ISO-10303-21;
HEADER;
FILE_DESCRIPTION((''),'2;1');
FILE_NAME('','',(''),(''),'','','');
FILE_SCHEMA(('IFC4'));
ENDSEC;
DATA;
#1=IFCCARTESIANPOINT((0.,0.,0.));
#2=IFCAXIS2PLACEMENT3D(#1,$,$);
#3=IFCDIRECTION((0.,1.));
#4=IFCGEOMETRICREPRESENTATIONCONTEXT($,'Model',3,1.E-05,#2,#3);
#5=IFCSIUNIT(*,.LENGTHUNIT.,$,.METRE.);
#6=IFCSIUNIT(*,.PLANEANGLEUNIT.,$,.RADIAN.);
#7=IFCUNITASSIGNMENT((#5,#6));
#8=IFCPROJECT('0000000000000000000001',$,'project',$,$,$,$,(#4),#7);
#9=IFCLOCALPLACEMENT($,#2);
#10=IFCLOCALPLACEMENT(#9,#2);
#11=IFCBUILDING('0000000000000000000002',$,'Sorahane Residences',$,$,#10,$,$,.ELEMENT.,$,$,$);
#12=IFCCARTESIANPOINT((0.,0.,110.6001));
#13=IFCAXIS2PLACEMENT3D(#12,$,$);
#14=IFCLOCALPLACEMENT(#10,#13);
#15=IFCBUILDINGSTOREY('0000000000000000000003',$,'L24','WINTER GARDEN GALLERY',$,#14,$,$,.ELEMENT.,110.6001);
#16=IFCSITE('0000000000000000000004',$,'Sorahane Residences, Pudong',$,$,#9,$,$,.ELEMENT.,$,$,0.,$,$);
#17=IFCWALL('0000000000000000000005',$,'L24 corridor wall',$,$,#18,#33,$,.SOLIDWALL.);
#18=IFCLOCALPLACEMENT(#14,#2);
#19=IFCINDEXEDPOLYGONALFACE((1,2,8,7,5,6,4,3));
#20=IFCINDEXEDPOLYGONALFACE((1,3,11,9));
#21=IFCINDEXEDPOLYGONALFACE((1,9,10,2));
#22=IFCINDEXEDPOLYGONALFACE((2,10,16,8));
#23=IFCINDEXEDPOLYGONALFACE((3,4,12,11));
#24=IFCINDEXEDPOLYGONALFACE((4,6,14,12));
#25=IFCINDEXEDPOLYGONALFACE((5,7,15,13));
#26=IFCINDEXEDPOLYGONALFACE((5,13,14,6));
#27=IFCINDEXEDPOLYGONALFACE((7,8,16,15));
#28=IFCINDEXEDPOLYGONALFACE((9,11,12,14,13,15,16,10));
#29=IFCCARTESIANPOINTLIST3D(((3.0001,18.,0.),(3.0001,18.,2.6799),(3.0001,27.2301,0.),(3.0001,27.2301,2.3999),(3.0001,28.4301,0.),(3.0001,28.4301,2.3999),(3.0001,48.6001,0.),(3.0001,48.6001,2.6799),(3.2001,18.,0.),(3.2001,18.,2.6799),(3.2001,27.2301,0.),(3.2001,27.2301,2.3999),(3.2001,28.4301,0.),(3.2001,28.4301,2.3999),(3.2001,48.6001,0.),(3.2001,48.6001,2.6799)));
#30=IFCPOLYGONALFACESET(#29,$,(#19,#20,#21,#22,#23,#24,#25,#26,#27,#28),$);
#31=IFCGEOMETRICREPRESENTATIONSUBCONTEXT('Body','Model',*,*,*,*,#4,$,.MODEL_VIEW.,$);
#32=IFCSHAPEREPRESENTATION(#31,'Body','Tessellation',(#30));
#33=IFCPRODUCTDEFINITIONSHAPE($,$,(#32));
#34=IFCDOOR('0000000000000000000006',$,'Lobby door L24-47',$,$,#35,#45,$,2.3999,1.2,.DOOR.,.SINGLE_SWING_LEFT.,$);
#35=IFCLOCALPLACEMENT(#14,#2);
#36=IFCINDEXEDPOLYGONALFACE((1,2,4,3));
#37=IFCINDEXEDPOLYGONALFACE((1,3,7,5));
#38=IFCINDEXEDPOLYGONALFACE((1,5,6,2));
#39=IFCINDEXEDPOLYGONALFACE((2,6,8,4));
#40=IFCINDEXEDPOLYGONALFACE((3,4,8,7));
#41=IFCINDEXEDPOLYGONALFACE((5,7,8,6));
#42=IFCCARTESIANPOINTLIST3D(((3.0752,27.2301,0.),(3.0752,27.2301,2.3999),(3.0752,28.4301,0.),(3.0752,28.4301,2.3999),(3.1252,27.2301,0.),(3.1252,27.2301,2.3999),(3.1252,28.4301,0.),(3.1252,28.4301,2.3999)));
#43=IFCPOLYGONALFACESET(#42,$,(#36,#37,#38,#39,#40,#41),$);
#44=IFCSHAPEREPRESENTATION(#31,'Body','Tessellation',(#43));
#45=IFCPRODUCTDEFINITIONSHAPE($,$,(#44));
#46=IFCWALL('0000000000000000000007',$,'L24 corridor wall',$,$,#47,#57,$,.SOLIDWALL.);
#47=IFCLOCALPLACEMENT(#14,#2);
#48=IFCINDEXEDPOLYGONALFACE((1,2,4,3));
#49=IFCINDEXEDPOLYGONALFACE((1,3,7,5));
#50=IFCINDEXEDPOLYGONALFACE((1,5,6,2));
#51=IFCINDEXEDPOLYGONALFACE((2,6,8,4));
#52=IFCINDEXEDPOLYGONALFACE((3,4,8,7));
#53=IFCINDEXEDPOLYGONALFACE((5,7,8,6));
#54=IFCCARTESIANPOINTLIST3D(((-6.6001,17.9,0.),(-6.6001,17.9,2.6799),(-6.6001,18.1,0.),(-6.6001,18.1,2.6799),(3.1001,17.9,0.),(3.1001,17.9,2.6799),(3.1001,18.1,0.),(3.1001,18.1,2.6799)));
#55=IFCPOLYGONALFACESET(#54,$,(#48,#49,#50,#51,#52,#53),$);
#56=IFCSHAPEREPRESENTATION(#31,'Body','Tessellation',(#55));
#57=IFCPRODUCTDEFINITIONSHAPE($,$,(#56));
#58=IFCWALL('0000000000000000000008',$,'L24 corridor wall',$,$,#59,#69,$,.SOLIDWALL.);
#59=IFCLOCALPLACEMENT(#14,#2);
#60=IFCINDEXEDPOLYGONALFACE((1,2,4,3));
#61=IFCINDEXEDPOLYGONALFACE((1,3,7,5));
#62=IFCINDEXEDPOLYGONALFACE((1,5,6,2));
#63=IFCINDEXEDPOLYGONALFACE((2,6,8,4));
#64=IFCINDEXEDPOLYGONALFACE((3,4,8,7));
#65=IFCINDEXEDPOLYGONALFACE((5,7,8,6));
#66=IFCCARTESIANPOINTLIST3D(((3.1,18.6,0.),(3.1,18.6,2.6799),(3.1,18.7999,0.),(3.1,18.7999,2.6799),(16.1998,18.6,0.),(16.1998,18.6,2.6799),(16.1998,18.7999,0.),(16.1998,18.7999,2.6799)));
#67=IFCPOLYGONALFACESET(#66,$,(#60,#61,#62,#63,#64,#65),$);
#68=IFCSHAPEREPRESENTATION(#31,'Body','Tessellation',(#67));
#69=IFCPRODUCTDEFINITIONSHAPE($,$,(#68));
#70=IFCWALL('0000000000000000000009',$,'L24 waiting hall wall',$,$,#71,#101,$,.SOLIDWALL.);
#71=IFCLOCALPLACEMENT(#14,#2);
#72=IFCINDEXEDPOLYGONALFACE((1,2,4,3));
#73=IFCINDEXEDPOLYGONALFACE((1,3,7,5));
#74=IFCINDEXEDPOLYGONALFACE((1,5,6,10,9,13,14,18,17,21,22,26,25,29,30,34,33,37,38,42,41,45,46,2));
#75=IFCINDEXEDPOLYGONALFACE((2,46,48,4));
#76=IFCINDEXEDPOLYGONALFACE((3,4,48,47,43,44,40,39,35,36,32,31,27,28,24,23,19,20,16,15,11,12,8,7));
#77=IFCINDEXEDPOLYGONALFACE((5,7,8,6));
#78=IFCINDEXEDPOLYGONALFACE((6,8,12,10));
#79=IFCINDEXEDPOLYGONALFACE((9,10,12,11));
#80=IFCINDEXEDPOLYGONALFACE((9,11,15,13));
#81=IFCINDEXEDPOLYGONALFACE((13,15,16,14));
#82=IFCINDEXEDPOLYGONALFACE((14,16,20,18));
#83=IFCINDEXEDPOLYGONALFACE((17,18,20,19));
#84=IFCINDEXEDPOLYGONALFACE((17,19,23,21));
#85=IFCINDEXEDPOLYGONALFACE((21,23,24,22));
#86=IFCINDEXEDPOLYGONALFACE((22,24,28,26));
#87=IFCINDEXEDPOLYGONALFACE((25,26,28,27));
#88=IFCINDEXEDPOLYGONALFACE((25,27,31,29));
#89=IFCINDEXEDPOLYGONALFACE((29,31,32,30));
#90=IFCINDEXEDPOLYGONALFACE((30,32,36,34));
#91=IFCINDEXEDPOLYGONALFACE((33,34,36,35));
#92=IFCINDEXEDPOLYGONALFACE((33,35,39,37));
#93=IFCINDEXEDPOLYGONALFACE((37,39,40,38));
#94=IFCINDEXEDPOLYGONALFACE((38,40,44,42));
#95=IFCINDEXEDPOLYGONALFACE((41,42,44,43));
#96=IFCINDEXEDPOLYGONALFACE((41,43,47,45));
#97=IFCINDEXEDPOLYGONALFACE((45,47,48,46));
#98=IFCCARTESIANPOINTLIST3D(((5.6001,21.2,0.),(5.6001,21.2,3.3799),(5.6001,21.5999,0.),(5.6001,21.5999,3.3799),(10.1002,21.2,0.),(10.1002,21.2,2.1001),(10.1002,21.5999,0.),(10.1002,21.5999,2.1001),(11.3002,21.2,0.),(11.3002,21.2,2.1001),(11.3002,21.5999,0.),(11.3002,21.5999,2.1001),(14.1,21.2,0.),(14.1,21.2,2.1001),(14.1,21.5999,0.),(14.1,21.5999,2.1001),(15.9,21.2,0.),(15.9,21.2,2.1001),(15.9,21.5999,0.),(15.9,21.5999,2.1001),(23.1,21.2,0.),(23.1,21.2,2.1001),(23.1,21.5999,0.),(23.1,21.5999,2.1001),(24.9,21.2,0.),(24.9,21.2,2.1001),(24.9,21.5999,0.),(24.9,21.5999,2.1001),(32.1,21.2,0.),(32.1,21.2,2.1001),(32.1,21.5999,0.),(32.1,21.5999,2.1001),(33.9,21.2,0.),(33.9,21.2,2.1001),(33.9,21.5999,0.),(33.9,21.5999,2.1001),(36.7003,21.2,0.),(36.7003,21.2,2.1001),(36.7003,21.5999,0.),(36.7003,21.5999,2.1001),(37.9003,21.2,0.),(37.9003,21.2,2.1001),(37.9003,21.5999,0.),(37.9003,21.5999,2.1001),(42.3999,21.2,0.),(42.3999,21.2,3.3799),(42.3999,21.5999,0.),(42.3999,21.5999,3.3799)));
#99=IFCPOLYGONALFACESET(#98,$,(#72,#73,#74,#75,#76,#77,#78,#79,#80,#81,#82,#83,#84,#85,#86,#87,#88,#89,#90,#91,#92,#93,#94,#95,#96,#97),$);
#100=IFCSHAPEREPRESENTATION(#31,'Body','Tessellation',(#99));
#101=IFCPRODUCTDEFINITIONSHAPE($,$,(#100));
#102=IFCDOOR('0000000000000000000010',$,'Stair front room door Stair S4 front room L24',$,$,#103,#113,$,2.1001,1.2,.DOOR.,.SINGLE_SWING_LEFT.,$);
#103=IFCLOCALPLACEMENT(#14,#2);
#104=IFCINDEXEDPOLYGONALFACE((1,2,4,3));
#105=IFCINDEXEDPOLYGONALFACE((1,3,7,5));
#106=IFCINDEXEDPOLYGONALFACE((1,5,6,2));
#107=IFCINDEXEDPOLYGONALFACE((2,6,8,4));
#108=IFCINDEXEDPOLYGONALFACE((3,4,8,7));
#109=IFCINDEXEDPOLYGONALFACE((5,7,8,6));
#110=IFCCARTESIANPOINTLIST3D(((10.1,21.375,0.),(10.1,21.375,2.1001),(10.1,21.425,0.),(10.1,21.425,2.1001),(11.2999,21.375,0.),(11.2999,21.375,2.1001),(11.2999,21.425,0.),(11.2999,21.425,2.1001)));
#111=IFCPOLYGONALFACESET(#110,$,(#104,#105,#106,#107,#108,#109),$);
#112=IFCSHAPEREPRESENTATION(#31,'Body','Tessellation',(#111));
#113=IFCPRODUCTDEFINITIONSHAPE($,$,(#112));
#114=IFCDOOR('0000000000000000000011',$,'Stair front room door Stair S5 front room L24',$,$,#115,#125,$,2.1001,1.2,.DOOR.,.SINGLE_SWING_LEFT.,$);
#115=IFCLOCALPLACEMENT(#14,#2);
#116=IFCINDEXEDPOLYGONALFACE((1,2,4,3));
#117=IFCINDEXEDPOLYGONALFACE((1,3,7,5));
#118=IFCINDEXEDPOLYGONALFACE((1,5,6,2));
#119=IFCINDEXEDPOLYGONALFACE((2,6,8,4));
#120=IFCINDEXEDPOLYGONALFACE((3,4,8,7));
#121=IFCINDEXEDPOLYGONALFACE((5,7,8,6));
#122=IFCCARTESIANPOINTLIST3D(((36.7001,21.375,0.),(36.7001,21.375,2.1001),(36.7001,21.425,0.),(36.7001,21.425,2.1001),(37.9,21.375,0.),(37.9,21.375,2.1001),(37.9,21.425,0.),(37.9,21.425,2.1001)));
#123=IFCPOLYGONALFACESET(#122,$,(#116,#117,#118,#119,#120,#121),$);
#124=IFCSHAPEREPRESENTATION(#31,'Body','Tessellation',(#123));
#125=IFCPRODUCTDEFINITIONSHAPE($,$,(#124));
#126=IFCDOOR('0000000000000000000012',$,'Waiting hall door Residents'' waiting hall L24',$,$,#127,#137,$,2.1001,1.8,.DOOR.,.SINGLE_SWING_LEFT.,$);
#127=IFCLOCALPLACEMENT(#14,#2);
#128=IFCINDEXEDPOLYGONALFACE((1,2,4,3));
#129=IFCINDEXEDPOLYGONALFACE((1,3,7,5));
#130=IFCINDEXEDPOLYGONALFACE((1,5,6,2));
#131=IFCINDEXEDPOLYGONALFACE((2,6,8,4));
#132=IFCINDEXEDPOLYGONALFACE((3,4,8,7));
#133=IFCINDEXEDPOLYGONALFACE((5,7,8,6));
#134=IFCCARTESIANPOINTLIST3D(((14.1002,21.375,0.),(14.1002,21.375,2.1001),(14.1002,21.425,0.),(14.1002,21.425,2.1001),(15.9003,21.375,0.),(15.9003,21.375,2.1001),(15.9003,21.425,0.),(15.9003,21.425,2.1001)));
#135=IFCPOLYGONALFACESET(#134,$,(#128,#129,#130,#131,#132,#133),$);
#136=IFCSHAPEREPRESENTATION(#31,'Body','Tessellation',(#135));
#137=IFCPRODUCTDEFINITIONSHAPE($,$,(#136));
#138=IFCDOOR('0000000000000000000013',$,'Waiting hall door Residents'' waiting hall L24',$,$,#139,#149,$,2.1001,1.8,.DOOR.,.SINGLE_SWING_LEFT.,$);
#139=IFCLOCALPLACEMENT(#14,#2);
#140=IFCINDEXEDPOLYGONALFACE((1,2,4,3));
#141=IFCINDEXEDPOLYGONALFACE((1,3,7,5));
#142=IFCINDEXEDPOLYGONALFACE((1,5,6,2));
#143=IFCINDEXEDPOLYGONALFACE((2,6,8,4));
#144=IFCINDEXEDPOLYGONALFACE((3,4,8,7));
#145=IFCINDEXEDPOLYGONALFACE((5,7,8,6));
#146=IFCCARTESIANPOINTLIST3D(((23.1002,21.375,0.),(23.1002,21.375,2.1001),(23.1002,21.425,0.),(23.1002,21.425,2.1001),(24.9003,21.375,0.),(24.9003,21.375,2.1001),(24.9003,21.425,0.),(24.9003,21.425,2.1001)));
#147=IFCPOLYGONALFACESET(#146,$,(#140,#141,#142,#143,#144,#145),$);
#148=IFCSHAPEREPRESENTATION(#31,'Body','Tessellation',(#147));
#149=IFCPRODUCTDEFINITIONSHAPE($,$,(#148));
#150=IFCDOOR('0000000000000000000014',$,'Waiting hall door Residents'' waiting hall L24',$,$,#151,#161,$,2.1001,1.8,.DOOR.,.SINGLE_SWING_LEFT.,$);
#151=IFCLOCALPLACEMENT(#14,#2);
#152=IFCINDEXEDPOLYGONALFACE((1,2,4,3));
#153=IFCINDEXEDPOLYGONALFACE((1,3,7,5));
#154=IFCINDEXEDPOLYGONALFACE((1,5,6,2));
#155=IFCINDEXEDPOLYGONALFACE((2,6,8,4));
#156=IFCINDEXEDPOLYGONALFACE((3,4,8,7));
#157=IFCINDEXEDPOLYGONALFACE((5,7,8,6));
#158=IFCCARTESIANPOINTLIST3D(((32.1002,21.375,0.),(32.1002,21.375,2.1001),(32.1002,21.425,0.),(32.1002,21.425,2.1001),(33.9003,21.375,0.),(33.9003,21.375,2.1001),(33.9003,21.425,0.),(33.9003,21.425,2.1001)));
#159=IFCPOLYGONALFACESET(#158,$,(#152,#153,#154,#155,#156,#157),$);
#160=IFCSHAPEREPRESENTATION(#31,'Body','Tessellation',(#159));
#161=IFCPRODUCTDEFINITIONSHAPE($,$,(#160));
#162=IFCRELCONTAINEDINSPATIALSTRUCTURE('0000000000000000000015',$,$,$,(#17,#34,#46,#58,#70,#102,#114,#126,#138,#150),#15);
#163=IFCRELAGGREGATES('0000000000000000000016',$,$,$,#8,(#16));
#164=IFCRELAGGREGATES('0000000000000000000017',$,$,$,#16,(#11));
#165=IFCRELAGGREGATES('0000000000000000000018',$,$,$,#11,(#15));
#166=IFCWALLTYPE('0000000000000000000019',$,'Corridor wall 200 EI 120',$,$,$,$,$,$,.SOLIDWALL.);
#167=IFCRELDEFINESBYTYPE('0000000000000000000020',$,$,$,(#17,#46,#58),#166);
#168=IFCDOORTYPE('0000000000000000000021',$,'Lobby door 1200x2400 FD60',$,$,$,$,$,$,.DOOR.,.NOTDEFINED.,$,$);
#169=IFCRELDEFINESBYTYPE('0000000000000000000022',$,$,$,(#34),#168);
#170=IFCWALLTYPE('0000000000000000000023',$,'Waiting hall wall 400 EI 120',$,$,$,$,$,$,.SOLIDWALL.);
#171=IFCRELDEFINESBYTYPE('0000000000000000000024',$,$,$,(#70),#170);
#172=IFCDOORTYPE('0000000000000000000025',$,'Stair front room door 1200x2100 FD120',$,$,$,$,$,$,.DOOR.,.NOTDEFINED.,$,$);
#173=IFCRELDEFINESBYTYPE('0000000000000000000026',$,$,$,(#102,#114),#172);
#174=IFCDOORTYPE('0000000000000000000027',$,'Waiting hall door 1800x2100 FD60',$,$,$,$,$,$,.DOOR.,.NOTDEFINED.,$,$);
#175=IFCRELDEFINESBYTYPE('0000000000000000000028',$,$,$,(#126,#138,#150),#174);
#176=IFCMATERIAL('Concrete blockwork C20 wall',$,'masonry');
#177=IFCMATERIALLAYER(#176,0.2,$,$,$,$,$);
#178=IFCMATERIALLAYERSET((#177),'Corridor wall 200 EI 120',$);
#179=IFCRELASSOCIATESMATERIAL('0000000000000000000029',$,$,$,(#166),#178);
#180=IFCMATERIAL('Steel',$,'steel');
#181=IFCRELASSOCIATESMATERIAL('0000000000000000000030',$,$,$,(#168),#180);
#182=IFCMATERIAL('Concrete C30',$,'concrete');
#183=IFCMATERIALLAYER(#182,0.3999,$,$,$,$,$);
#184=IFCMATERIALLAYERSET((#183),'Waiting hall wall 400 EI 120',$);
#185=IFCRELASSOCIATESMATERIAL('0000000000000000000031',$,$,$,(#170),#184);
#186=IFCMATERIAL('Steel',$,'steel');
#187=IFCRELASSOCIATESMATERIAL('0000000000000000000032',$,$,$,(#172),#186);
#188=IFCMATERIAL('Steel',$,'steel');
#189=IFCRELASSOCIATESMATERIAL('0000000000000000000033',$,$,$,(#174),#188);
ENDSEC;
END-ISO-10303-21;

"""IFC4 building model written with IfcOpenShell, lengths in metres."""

from ifc_helpers import new_model, si_unit, direction, frame, frame_2d, origin, place, context, subcontext, project, spatial, rectangle, extrude, material, layer, layer_set, type_object, element, fill, save


model = new_model("IFC4")

# Units and contexts
model_context = context("Model", 3, precision=1e-05, world=origin(), true_north=direction((0.0, 1.0)))
body_context = subcontext(model_context, "Body", "Model", "MODEL_VIEW")
ifc_project = project(units=[si_unit("LENGTHUNIT", "METRE"), si_unit("PLANEANGLEUNIT", "RADIAN")], contexts=[model_context])

# Site, building, storey
site_placement = place(None, origin())
site = spatial("IfcSite", under=ifc_project, at=site_placement, Name="Sorahane Residences, Pudong", CompositionType="ELEMENT", RefElevation=0.0)
building_placement = place(site_placement, origin())
building = spatial("IfcBuilding", under=site, at=building_placement, Name="Sorahane Residences", CompositionType="ELEMENT")
storey_placement = place(building_placement, frame((0.0, 0.0, 110.6001)))
storey = spatial("IfcBuildingStorey", under=building, at=storey_placement, Name="L24", Description="WINTER GARDEN GALLERY", CompositionType="ELEMENT", Elevation=110.6001)

# Wall, opening, door
ifc_material_1 = material(Name="Concrete blockwork C20 wall", Category="masonry")
ifc_layer_1 = layer(ifc_material_1, 0.2)
ifc_layer_set_1 = layer_set([ifc_layer_1], Name="Corridor wall 200 EI 120")
wall_type_1 = type_object("IfcWallType", Name="Corridor wall 200 EI 120", PredefinedType="SOLIDWALL", material=ifc_layer_set_1)
wall_1_placement = place(storey_placement, frame((3.1001, 18.0, 0.0), z_axis=(0.0, 0.0, 1.0), x_axis=(0.0, 1.0, 0.0)))
wall_1 = element("IfcWall", 1, at=wall_1_placement, inside=storey, type_object=wall_type_1, Name="L24 corridor wall", PredefinedType="SOLIDWALL", context=body_context, shape_type="SweptSolid", body=[
    extrude(rectangle(XDim=30.6001, YDim=0.2, at=frame_2d((15.3, 0.0))), origin(), (0.0, 0.0, 1.0), 2.6799),
])
opening_1_placement = place(wall_1_placement, frame((9.23, 0.0, 0.0)))
opening_1 = element("IfcOpeningElement", 2, at=opening_1_placement, cuts=wall_1, PredefinedType="OPENING", context=body_context, shape_type="SweptSolid", body=[
    extrude(rectangle(XDim=1.2, YDim=2.3999, at=frame_2d((0.6001, 1.2))), frame((0.0, 0.1099, 0.0), z_axis=(0.0, -1.0, 0.0), x_axis=(1.0, 0.0, 0.0)), (0.0, 0.0, 1.0), 0.22),
])
ifc_material_2 = material(Name="Steel", Category="steel")
door_type_1 = type_object("IfcDoorType", Name="Lobby door 1200x2400 FD60", OperationType="NOTDEFINED", PredefinedType="DOOR", material=ifc_material_2)
door_1_placement = place(opening_1_placement, origin())
door_1 = element("IfcDoor", 3, at=door_1_placement, inside=storey, type_object=door_type_1, Name="Lobby door L24-47", OperationType="SINGLE_SWING_LEFT", OverallHeight=2.3999, OverallWidth=1.2, PredefinedType="DOOR", context=body_context, shape_type="SweptSolid", body=[
    extrude(rectangle(XDim=1.2, YDim=2.3999, at=frame_2d((0.6001, 1.2))), frame((0.0, 0.0249, 0.0), z_axis=(0.0, -1.0, 0.0), x_axis=(1.0, 0.0, 0.0)), (0.0, 0.0, 1.0), 0.05),
])
fill(opening_1, door_1)

# Walls
wall_2_placement = place(storey_placement, frame((-6.6001, 18.0, 0.0), z_axis=(0.0, 0.0, 1.0), x_axis=(1.0, 0.0, 0.0)))
element("IfcWall", 4, at=wall_2_placement, inside=storey, type_object=wall_type_1, Name="L24 corridor wall", PredefinedType="SOLIDWALL", context=body_context, shape_type="SweptSolid", body=[
    extrude(rectangle(XDim=9.7002, YDim=0.2, at=frame_2d((4.8501, 0.0))), origin(), (0.0, 0.0, 1.0), 2.6799),
])
wall_3_placement = place(storey_placement, frame((3.1001, 18.7, 0.0), z_axis=(0.0, 0.0, 1.0), x_axis=(1.0, 0.0, 0.0)))
element("IfcWall", 5, at=wall_3_placement, inside=storey, type_object=wall_type_1, Name="L24 corridor wall", PredefinedType="SOLIDWALL", context=body_context, shape_type="SweptSolid", body=[
    extrude(rectangle(XDim=13.0999, YDim=0.2, at=frame_2d((6.5498, 0.0))), origin(), (0.0, 0.0, 1.0), 2.6799),
])

# Wall, openings, doors
ifc_material_3 = material(Name="Concrete C30", Category="concrete")
ifc_layer_2 = layer(ifc_material_3, 0.3999)
ifc_layer_set_2 = layer_set([ifc_layer_2], Name="Waiting hall wall 400 EI 120")
wall_type_2 = type_object("IfcWallType", Name="Waiting hall wall 400 EI 120", PredefinedType="SOLIDWALL", material=ifc_layer_set_2)
wall_4_placement = place(storey_placement, frame((5.6001, 21.3999, 0.0), z_axis=(0.0, 0.0, 1.0), x_axis=(1.0, 0.0, 0.0)))
wall_4 = element("IfcWall", 6, at=wall_4_placement, inside=storey, type_object=wall_type_2, Name="L24 waiting hall wall", PredefinedType="SOLIDWALL", context=body_context, shape_type="SweptSolid", body=[
    extrude(rectangle(XDim=36.7998, YDim=0.3999, at=frame_2d((18.3999, 0.0))), origin(), (0.0, 0.0, 1.0), 3.3799),
])
opening_2_placement = place(wall_4_placement, frame((8.5, 0.0, 0.0)))
opening_2 = element("IfcOpeningElement", 7, at=opening_2_placement, cuts=wall_4, PredefinedType="OPENING", context=body_context, shape_type="SweptSolid", body=[
    extrude(rectangle(XDim=1.8, YDim=2.1001, at=frame_2d((0.8999, 1.05))), frame((0.0, 0.21, 0.0), z_axis=(0.0, -1.0, 0.0), x_axis=(1.0, 0.0, 0.0)), (0.0, 0.0, 1.0), 0.4199),
])
opening_3_placement = place(wall_4_placement, frame((17.5, 0.0, 0.0)))
opening_3 = element("IfcOpeningElement", 8, at=opening_3_placement, cuts=wall_4, PredefinedType="OPENING", context=body_context, shape_type="SweptSolid", body=[
    extrude(rectangle(XDim=1.8, YDim=2.1001, at=frame_2d((0.8999, 1.05))), frame((0.0, 0.21, 0.0), z_axis=(0.0, -1.0, 0.0), x_axis=(1.0, 0.0, 0.0)), (0.0, 0.0, 1.0), 0.4199),
])
opening_4_placement = place(wall_4_placement, frame((26.5, 0.0, 0.0)))
opening_4 = element("IfcOpeningElement", 9, at=opening_4_placement, cuts=wall_4, PredefinedType="OPENING", context=body_context, shape_type="SweptSolid", body=[
    extrude(rectangle(XDim=1.8, YDim=2.1001, at=frame_2d((0.8999, 1.05))), frame((0.0, 0.21, 0.0), z_axis=(0.0, -1.0, 0.0), x_axis=(1.0, 0.0, 0.0)), (0.0, 0.0, 1.0), 0.4199),
])
opening_5_placement = place(wall_4_placement, frame((4.5, 0.0, 0.0)))
opening_5 = element("IfcOpeningElement", 10, at=opening_5_placement, cuts=wall_4, PredefinedType="OPENING", context=body_context, shape_type="SweptSolid", body=[
    extrude(rectangle(XDim=1.2, YDim=2.1001, at=frame_2d((0.6001, 1.05))), frame((0.0, 0.21, 0.0), z_axis=(0.0, -1.0, 0.0), x_axis=(1.0, 0.0, 0.0)), (0.0, 0.0, 1.0), 0.4199),
])
opening_6_placement = place(wall_4_placement, frame((31.1001, 0.0, 0.0)))
opening_6 = element("IfcOpeningElement", 11, at=opening_6_placement, cuts=wall_4, PredefinedType="OPENING", context=body_context, shape_type="SweptSolid", body=[
    extrude(rectangle(XDim=1.2, YDim=2.1001, at=frame_2d((0.6001, 1.05))), frame((0.0, 0.21, 0.0), z_axis=(0.0, -1.0, 0.0), x_axis=(1.0, 0.0, 0.0)), (0.0, 0.0, 1.0), 0.4199),
])
ifc_material_4 = material(Name="Steel", Category="steel")
door_type_2 = type_object("IfcDoorType", Name="Stair front room door 1200x2100 FD120", OperationType="NOTDEFINED", PredefinedType="DOOR", material=ifc_material_4)
door_2_placement = place(opening_5_placement, frame((1.2, 0.0, 0.0), z_axis=(0.0, 0.0, 1.0), x_axis=(-1.0, 0.0, 0.0)))
door_2 = element("IfcDoor", 12, at=door_2_placement, inside=storey, type_object=door_type_2, Name="Stair front room door Stair S4 front room L24", OperationType="SINGLE_SWING_LEFT", OverallHeight=2.1001, OverallWidth=1.2, PredefinedType="DOOR", context=body_context, shape_type="SweptSolid", body=[
    extrude(rectangle(XDim=1.2, YDim=2.1001, at=frame_2d((0.6001, 1.05))), frame((0.0, 0.0249, 0.0), z_axis=(0.0, -1.0, 0.0), x_axis=(1.0, 0.0, 0.0)), (0.0, 0.0, 1.0), 0.05),
])
fill(opening_5, door_2)
door_3_placement = place(opening_6_placement, frame((1.2, 0.0, 0.0), z_axis=(0.0, 0.0, 1.0), x_axis=(-1.0, 0.0, 0.0)))
door_3 = element("IfcDoor", 13, at=door_3_placement, inside=storey, type_object=door_type_2, Name="Stair front room door Stair S5 front room L24", OperationType="SINGLE_SWING_LEFT", OverallHeight=2.1001, OverallWidth=1.2, PredefinedType="DOOR", context=body_context, shape_type="SweptSolid", body=[
    extrude(rectangle(XDim=1.2, YDim=2.1001, at=frame_2d((0.6001, 1.05))), frame((0.0, 0.0249, 0.0), z_axis=(0.0, -1.0, 0.0), x_axis=(1.0, 0.0, 0.0)), (0.0, 0.0, 1.0), 0.05),
])
fill(opening_6, door_3)
ifc_material_5 = material(Name="Steel", Category="steel")
door_type_3 = type_object("IfcDoorType", Name="Waiting hall door 1800x2100 FD60", OperationType="NOTDEFINED", PredefinedType="DOOR", material=ifc_material_5)
door_4_placement = place(opening_2_placement, frame((1.8, 0.0, 0.0), z_axis=(0.0, 0.0, 1.0), x_axis=(-1.0, 0.0, 0.0)))
door_4 = element("IfcDoor", 14, at=door_4_placement, inside=storey, type_object=door_type_3, Name="Waiting hall door Residents' waiting hall L24", OperationType="SINGLE_SWING_LEFT", OverallHeight=2.1001, OverallWidth=1.8, PredefinedType="DOOR", context=body_context, shape_type="SweptSolid", body=[
    extrude(rectangle(XDim=1.8, YDim=2.1001, at=frame_2d((0.8999, 1.05))), frame((0.0, 0.0249, 0.0), z_axis=(0.0, -1.0, 0.0), x_axis=(1.0, 0.0, 0.0)), (0.0, 0.0, 1.0), 0.05),
])
fill(opening_2, door_4)
door_5_placement = place(opening_3_placement, frame((1.8, 0.0, 0.0), z_axis=(0.0, 0.0, 1.0), x_axis=(-1.0, 0.0, 0.0)))
door_5 = element("IfcDoor", 15, at=door_5_placement, inside=storey, type_object=door_type_3, Name="Waiting hall door Residents' waiting hall L24", OperationType="SINGLE_SWING_LEFT", OverallHeight=2.1001, OverallWidth=1.8, PredefinedType="DOOR", context=body_context, shape_type="SweptSolid", body=[
    extrude(rectangle(XDim=1.8, YDim=2.1001, at=frame_2d((0.8999, 1.05))), frame((0.0, 0.0249, 0.0), z_axis=(0.0, -1.0, 0.0), x_axis=(1.0, 0.0, 0.0)), (0.0, 0.0, 1.0), 0.05),
])
fill(opening_3, door_5)
door_6_placement = place(opening_4_placement, frame((1.8, 0.0, 0.0), z_axis=(0.0, 0.0, 1.0), x_axis=(-1.0, 0.0, 0.0)))
door_6 = element("IfcDoor", 16, at=door_6_placement, inside=storey, type_object=door_type_3, Name="Waiting hall door Residents' waiting hall L24", OperationType="SINGLE_SWING_LEFT", OverallHeight=2.1001, OverallWidth=1.8, PredefinedType="DOOR", context=body_context, shape_type="SweptSolid", body=[
    extrude(rectangle(XDim=1.8, YDim=2.1001, at=frame_2d((0.8999, 1.05))), frame((0.0, 0.0249, 0.0), z_axis=(0.0, -1.0, 0.0), x_axis=(1.0, 0.0, 0.0)), (0.0, 0.0, 1.0), 0.05),
])
fill(opening_4, door_6)

save(model, "model.ifc")
